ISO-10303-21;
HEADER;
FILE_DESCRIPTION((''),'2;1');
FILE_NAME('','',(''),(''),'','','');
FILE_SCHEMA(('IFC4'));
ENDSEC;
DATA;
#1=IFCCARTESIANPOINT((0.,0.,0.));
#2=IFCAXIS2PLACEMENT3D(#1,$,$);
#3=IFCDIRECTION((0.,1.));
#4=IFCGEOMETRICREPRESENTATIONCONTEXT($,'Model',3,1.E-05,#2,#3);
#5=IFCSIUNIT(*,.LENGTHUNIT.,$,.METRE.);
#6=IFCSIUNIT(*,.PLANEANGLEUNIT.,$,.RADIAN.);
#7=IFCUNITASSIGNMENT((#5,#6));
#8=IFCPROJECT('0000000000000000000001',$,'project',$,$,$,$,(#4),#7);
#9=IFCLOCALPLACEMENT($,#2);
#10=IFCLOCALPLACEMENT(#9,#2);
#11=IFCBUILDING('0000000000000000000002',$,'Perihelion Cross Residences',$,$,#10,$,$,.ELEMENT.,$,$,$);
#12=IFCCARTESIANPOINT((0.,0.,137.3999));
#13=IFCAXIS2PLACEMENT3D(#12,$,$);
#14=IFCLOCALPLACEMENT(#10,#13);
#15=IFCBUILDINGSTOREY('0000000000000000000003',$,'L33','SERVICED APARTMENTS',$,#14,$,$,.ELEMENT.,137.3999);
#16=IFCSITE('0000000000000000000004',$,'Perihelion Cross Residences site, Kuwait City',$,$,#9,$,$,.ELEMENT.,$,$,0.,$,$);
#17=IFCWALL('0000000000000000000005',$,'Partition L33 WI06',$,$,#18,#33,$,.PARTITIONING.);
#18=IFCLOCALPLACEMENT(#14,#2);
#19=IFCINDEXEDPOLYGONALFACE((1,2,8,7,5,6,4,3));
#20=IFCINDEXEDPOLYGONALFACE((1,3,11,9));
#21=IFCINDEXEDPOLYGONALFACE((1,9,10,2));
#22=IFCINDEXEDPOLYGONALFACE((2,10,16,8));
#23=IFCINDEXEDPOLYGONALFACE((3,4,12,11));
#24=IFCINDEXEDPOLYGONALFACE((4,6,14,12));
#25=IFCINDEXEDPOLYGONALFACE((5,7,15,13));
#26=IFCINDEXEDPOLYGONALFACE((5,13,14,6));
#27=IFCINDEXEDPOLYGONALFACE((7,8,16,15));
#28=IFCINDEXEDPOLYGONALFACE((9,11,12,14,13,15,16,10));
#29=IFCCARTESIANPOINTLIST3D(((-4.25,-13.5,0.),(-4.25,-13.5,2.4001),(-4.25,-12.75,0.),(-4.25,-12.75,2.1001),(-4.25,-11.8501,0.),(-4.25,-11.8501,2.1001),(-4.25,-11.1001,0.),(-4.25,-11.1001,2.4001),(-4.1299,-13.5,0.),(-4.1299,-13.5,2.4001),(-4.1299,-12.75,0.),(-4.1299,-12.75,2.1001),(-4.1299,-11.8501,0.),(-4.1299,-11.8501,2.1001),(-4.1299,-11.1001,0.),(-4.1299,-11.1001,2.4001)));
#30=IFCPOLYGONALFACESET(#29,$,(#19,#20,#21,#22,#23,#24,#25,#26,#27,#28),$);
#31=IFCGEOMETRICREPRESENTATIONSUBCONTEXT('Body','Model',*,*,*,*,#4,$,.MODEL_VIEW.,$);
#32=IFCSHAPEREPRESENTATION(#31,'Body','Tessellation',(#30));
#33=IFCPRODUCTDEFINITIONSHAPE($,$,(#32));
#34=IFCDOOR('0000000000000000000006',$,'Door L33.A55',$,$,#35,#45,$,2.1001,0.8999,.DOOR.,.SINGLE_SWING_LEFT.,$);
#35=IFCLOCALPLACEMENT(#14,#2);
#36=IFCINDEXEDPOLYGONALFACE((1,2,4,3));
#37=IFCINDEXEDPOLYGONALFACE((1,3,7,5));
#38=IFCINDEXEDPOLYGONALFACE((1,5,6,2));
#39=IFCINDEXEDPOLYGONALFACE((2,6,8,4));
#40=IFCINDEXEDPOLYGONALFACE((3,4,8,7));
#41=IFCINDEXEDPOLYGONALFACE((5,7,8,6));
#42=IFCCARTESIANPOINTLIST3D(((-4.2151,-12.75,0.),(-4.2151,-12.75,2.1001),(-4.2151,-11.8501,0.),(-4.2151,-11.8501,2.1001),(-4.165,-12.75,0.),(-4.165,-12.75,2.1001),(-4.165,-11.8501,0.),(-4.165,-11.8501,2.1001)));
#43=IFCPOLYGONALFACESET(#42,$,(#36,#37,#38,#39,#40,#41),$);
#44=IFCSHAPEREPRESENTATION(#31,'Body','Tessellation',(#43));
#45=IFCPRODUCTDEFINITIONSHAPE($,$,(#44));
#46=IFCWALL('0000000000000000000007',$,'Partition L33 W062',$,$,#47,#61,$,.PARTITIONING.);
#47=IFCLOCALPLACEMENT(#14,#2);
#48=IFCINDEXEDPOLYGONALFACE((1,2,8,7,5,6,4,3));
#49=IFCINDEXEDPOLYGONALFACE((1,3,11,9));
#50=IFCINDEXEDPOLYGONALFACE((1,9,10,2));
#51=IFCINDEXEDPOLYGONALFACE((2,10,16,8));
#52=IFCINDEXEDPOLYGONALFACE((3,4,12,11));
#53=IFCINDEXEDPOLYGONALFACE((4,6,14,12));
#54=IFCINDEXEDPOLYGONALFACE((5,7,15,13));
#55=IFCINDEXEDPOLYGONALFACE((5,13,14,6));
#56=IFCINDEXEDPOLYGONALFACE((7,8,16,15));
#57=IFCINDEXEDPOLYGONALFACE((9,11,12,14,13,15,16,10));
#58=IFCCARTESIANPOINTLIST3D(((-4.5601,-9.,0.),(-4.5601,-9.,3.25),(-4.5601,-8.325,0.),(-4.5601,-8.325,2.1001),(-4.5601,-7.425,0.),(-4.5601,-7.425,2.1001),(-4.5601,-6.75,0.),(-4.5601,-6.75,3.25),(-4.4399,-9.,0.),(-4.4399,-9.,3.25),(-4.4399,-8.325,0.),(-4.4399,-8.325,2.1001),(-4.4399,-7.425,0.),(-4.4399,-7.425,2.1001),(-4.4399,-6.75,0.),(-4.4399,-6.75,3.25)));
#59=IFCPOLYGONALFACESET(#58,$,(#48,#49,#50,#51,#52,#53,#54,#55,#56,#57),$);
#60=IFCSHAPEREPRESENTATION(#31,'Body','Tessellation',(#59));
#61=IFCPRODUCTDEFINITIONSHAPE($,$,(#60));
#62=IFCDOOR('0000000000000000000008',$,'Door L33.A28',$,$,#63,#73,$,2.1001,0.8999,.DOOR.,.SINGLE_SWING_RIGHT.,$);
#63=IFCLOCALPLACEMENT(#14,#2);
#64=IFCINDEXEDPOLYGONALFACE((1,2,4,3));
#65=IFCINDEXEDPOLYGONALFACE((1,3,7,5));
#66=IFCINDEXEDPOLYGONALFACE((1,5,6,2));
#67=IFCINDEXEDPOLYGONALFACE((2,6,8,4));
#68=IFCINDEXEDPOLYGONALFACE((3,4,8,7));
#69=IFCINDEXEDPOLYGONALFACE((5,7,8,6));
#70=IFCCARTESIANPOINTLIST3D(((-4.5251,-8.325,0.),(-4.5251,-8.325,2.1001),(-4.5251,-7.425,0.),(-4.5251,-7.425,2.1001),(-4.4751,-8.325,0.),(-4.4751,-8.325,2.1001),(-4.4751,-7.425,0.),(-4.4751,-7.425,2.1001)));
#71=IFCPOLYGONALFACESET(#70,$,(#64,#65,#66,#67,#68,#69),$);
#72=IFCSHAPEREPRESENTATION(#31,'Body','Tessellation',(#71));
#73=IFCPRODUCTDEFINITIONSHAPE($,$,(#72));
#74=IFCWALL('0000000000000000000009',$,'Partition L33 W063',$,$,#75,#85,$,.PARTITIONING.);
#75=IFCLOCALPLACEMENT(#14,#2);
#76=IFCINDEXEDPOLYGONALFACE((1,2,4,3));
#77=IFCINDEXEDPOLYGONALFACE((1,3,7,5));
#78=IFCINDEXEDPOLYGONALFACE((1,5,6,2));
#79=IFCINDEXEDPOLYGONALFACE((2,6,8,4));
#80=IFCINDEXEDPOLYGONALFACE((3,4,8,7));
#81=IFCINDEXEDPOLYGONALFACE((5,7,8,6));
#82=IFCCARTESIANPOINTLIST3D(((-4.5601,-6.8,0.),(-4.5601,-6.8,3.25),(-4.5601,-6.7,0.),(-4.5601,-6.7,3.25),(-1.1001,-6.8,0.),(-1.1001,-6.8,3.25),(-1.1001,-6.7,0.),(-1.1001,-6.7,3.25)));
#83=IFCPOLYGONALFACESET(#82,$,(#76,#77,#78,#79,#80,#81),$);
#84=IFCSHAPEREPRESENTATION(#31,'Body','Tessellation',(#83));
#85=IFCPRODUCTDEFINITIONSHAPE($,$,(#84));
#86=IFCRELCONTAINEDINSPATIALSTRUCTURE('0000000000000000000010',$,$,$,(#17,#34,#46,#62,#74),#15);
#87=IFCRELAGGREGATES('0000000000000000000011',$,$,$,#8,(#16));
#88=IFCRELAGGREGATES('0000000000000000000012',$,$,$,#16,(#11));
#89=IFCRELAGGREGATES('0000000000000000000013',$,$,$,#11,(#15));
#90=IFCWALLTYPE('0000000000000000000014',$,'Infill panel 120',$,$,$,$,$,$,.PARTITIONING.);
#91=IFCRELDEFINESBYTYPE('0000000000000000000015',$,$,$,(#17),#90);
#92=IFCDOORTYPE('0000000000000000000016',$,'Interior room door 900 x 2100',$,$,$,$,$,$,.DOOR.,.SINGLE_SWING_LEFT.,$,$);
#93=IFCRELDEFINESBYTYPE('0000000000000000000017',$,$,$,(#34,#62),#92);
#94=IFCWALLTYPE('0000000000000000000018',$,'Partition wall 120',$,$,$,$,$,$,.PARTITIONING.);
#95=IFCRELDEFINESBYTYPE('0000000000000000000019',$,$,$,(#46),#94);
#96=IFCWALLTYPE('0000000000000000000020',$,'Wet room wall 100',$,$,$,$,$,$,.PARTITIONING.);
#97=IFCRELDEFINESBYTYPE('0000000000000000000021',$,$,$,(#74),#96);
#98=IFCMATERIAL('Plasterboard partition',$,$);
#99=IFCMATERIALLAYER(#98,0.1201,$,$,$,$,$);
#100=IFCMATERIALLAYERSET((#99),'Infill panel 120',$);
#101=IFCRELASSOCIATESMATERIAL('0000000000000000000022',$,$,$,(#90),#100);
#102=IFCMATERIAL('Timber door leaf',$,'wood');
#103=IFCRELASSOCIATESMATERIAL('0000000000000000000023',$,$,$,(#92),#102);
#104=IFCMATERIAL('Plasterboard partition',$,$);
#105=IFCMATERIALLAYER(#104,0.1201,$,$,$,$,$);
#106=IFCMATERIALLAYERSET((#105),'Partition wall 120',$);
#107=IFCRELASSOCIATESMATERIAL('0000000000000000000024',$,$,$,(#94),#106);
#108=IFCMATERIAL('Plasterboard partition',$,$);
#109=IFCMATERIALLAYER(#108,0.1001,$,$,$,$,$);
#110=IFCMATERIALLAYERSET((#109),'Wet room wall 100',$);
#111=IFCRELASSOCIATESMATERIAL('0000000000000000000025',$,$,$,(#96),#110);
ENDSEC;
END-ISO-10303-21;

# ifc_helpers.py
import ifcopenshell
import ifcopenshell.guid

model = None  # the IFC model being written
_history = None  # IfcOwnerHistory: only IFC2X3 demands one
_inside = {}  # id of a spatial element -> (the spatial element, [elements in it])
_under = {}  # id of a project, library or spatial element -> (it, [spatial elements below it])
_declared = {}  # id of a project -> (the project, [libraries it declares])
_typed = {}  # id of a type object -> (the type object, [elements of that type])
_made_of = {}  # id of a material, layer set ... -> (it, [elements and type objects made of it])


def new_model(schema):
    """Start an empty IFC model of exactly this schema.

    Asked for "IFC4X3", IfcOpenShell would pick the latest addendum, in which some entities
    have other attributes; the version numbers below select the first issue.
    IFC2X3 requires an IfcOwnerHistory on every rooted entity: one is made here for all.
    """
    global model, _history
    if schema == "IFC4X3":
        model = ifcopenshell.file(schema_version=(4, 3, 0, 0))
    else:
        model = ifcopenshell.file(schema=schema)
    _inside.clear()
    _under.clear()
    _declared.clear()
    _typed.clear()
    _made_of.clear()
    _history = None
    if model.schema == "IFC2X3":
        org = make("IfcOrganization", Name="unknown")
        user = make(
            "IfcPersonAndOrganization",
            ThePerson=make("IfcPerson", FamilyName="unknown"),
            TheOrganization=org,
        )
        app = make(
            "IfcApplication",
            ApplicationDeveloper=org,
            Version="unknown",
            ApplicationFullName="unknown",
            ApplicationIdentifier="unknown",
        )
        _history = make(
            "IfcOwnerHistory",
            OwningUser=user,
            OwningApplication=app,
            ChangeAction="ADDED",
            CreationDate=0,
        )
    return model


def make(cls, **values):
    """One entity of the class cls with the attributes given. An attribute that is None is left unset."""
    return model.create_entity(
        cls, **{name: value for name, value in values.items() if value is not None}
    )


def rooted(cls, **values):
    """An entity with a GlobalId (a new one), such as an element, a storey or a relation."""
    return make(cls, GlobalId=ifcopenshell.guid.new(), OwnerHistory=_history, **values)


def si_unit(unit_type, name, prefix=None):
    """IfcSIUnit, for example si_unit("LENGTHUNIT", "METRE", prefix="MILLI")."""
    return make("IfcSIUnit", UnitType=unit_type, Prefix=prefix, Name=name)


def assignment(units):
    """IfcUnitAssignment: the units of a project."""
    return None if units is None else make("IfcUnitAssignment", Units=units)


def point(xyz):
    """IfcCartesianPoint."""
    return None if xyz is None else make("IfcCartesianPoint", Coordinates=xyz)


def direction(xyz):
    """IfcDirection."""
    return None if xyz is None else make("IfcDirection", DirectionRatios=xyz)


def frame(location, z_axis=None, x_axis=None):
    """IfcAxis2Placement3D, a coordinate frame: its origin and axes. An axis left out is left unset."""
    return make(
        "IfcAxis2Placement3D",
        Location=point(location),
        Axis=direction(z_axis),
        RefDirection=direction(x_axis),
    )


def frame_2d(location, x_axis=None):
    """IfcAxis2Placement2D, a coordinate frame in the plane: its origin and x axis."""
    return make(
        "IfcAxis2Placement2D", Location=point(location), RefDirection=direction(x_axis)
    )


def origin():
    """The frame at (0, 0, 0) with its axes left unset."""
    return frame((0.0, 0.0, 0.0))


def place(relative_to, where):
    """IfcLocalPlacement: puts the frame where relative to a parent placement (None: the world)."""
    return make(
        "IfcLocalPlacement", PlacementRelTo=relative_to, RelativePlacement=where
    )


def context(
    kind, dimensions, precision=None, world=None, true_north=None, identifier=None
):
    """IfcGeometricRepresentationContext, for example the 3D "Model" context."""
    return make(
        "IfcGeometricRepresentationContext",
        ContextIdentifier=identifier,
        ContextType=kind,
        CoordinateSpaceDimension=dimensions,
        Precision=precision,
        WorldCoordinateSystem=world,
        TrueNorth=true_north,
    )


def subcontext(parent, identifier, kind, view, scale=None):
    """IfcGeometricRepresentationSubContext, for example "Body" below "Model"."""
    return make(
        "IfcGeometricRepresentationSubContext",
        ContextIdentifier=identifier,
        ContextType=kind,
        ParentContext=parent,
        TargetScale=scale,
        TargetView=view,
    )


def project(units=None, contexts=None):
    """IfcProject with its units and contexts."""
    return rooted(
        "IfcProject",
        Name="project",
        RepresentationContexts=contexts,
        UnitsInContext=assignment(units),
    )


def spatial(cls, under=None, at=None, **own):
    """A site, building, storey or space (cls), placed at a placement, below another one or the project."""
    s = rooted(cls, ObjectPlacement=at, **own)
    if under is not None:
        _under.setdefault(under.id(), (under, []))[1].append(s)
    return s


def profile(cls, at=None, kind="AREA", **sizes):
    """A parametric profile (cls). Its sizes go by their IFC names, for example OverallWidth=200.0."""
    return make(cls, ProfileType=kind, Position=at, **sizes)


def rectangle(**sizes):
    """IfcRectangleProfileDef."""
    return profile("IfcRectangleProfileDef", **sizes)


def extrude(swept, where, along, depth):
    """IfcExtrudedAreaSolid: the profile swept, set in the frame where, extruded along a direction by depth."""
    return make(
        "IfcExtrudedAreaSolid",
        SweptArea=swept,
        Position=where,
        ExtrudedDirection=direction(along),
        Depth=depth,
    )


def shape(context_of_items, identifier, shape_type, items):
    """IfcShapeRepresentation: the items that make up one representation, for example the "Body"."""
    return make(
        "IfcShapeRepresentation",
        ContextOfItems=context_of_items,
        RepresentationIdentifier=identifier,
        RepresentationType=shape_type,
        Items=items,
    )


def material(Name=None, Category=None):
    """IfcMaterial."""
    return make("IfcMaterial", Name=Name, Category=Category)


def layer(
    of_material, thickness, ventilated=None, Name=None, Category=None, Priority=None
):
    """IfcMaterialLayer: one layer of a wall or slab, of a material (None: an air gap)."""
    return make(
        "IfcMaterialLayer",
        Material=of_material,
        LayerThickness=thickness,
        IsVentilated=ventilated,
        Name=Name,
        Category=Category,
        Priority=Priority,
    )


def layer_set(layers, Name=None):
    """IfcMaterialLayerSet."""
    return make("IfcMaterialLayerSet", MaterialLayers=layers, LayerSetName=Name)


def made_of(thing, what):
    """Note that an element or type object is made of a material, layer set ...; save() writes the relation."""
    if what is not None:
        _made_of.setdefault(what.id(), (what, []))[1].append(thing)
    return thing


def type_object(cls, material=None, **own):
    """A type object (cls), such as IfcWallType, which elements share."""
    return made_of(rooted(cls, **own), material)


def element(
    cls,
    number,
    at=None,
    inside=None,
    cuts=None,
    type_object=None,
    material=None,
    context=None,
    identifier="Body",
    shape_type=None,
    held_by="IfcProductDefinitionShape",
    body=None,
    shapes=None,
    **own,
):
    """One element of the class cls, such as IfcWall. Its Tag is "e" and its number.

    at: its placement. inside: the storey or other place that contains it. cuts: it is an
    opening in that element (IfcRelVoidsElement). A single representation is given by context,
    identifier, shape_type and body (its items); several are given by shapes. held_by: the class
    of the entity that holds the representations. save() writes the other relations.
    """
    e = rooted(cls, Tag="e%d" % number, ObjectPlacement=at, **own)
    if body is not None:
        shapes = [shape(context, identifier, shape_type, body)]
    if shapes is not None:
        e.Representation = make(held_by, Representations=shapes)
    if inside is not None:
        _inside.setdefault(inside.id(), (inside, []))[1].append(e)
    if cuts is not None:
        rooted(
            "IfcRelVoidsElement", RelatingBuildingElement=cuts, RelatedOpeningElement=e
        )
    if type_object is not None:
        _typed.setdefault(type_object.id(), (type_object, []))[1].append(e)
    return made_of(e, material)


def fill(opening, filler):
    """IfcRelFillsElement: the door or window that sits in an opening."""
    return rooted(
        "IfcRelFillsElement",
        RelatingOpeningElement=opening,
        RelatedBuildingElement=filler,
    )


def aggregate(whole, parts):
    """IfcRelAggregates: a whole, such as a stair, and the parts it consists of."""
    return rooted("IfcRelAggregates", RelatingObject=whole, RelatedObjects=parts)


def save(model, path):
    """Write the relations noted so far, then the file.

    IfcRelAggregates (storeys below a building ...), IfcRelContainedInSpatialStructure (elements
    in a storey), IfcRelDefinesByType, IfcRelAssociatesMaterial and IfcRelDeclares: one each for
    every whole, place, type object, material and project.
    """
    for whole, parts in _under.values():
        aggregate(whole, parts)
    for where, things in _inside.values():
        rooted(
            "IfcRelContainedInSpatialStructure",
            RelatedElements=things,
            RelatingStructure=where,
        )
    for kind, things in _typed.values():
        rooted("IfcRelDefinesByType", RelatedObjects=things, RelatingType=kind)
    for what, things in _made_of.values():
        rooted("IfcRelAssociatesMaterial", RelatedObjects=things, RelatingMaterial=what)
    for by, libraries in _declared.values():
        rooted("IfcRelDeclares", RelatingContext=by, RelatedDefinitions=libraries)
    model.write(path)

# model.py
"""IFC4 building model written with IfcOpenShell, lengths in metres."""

from ifc_helpers import new_model, si_unit, direction, frame, frame_2d, origin, place, context, subcontext, project, spatial, rectangle, extrude, material, layer, layer_set, type_object, element, fill, save


model = new_model("IFC4")

# Units and contexts
model_context = context("Model", 3, precision=1e-05, world=origin(), true_north=direction((0.0, 1.0)))
body_context = subcontext(model_context, "Body", "Model", "MODEL_VIEW")
ifc_project = project(units=[si_unit("LENGTHUNIT", "METRE"), si_unit("PLANEANGLEUNIT", "RADIAN")], contexts=[model_context])

# Site, building, storey
site_placement = place(None, origin())
site = spatial("IfcSite", under=ifc_project, at=site_placement, Name="Perihelion Cross Residences site, Kuwait City", CompositionType="ELEMENT", RefElevation=0.0)
building_placement = place(site_placement, origin())
building = spatial("IfcBuilding", under=site, at=building_placement, Name="Perihelion Cross Residences", CompositionType="ELEMENT")
storey_placement = place(building_placement, frame((0.0, 0.0, 137.3999)))
storey = spatial("IfcBuildingStorey", under=building, at=storey_placement, Name="L33", Description="SERVICED APARTMENTS", CompositionType="ELEMENT", Elevation=137.3999)

# Walls, openings, doors
ifc_material_1 = material(Name="Plasterboard partition")
ifc_layer_1 = layer(ifc_material_1, 0.1201)
ifc_layer_set_1 = layer_set([ifc_layer_1], Name="Infill panel 120")
wall_type_1 = type_object("IfcWallType", Name="Infill panel 120", PredefinedType="PARTITIONING", material=ifc_layer_set_1)
wall_1_placement = place(storey_placement, frame((-4.1899, -11.1001, 0.0), z_axis=(0.0, 0.0, 1.0), x_axis=(0.0, -1.0, 0.0)))
wall_1 = element("IfcWall", 1, at=wall_1_placement, inside=storey, type_object=wall_type_1, Name="Partition L33 WI06", PredefinedType="PARTITIONING", context=body_context, shape_type="SweptSolid", body=[
    extrude(rectangle(XDim=2.3999, YDim=0.1201, at=frame_2d((1.2, 0.0))), origin(), (0.0, 0.0, 1.0), 2.4001),
])
opening_1_placement = place(wall_1_placement, frame((0.75, 0.0, 0.0)))
opening_1 = element("IfcOpeningElement", 2, at=opening_1_placement, cuts=wall_1, PredefinedType="OPENING", context=body_context, shape_type="SweptSolid", body=[
    extrude(rectangle(XDim=0.8999, YDim=2.1001, at=frame_2d((0.45, 1.05))), frame((0.0, 0.0701, 0.0), z_axis=(0.0, -1.0, 0.0), x_axis=(1.0, 0.0, 0.0)), (0.0, 0.0, 1.0), 0.1401),
])
ifc_material_2 = material(Name="Timber door leaf", Category="wood")
door_type = type_object("IfcDoorType", Name="Interior room door 900 x 2100", OperationType="SINGLE_SWING_LEFT", PredefinedType="DOOR", material=ifc_material_2)
door_1_placement = place(opening_1_placement, origin())
door_1 = element("IfcDoor", 3, at=door_1_placement, inside=storey, type_object=door_type, Name="Door L33.A55", OperationType="SINGLE_SWING_LEFT", OverallHeight=2.1001, OverallWidth=0.8999, PredefinedType="DOOR", context=body_context, shape_type="SweptSolid", body=[
    extrude(rectangle(XDim=0.8999, YDim=2.1001, at=frame_2d((0.45, 1.05))), frame((0.0, 0.0249, 0.0), z_axis=(0.0, -1.0, 0.0), x_axis=(1.0, 0.0, 0.0)), (0.0, 0.0, 1.0), 0.05),
])
fill(opening_1, door_1)
ifc_material_3 = material(Name="Plasterboard partition")
ifc_layer_2 = layer(ifc_material_3, 0.1201)
ifc_layer_set_2 = layer_set([ifc_layer_2], Name="Partition wall 120")
wall_type_2 = type_object("IfcWallType", Name="Partition wall 120", PredefinedType="PARTITIONING", material=ifc_layer_set_2)
wall_2_placement = place(storey_placement, frame((-4.5, -6.75, 0.0), z_axis=(0.0, 0.0, 1.0), x_axis=(0.0, -1.0, 0.0)))
wall_2 = element("IfcWall", 4, at=wall_2_placement, inside=storey, type_object=wall_type_2, Name="Partition L33 W062", PredefinedType="PARTITIONING", context=body_context, shape_type="SweptSolid", body=[
    extrude(rectangle(XDim=2.25, YDim=0.1201, at=frame_2d((1.125, 0.0))), origin(), (0.0, 0.0, 1.0), 3.25),
])
opening_2_placement = place(wall_2_placement, frame((0.675, 0.0, 0.0)))
opening_2 = element("IfcOpeningElement", 5, at=opening_2_placement, cuts=wall_2, PredefinedType="OPENING", context=body_context, shape_type="SweptSolid", body=[
    extrude(rectangle(XDim=0.8999, YDim=2.1001, at=frame_2d((0.45, 1.05))), frame((0.0, 0.0701, 0.0), z_axis=(0.0, -1.0, 0.0), x_axis=(1.0, 0.0, 0.0)), (0.0, 0.0, 1.0), 0.1401),
])
door_2_placement = place(opening_2_placement, origin())
door_2 = element("IfcDoor", 6, at=door_2_placement, inside=storey, type_object=door_type, Name="Door L33.A28", OperationType="SINGLE_SWING_RIGHT", OverallHeight=2.1001, OverallWidth=0.8999, PredefinedType="DOOR", context=body_context, shape_type="SweptSolid", body=[
    extrude(rectangle(XDim=0.8999, YDim=2.1001, at=frame_2d((0.45, 1.05))), frame((0.0, 0.0249, 0.0), z_axis=(0.0, -1.0, 0.0), x_axis=(1.0, 0.0, 0.0)), (0.0, 0.0, 1.0), 0.05),
])
fill(opening_2, door_2)

# Wall
ifc_material_4 = material(Name="Plasterboard partition")
ifc_layer_3 = layer(ifc_material_4, 0.1001)
ifc_layer_set_3 = layer_set([ifc_layer_3], Name="Wet room wall 100")
wall_type_3 = type_object("IfcWallType", Name="Wet room wall 100", PredefinedType="PARTITIONING", material=ifc_layer_set_3)
wall_3_placement = place(storey_placement, frame((-1.1001, -6.75, 0.0), z_axis=(0.0, 0.0, 1.0), x_axis=(-1.0, 0.0, 0.0)))
element("IfcWall", 7, at=wall_3_placement, inside=storey, type_object=wall_type_3, Name="Partition L33 W063", PredefinedType="PARTITIONING", context=body_context, shape_type="SweptSolid", body=[
    extrude(rectangle(XDim=3.46, YDim=0.1001, at=frame_2d((1.73, 0.0))), origin(), (0.0, 0.0, 1.0), 3.25),
])

save(model, "model.ifc")
